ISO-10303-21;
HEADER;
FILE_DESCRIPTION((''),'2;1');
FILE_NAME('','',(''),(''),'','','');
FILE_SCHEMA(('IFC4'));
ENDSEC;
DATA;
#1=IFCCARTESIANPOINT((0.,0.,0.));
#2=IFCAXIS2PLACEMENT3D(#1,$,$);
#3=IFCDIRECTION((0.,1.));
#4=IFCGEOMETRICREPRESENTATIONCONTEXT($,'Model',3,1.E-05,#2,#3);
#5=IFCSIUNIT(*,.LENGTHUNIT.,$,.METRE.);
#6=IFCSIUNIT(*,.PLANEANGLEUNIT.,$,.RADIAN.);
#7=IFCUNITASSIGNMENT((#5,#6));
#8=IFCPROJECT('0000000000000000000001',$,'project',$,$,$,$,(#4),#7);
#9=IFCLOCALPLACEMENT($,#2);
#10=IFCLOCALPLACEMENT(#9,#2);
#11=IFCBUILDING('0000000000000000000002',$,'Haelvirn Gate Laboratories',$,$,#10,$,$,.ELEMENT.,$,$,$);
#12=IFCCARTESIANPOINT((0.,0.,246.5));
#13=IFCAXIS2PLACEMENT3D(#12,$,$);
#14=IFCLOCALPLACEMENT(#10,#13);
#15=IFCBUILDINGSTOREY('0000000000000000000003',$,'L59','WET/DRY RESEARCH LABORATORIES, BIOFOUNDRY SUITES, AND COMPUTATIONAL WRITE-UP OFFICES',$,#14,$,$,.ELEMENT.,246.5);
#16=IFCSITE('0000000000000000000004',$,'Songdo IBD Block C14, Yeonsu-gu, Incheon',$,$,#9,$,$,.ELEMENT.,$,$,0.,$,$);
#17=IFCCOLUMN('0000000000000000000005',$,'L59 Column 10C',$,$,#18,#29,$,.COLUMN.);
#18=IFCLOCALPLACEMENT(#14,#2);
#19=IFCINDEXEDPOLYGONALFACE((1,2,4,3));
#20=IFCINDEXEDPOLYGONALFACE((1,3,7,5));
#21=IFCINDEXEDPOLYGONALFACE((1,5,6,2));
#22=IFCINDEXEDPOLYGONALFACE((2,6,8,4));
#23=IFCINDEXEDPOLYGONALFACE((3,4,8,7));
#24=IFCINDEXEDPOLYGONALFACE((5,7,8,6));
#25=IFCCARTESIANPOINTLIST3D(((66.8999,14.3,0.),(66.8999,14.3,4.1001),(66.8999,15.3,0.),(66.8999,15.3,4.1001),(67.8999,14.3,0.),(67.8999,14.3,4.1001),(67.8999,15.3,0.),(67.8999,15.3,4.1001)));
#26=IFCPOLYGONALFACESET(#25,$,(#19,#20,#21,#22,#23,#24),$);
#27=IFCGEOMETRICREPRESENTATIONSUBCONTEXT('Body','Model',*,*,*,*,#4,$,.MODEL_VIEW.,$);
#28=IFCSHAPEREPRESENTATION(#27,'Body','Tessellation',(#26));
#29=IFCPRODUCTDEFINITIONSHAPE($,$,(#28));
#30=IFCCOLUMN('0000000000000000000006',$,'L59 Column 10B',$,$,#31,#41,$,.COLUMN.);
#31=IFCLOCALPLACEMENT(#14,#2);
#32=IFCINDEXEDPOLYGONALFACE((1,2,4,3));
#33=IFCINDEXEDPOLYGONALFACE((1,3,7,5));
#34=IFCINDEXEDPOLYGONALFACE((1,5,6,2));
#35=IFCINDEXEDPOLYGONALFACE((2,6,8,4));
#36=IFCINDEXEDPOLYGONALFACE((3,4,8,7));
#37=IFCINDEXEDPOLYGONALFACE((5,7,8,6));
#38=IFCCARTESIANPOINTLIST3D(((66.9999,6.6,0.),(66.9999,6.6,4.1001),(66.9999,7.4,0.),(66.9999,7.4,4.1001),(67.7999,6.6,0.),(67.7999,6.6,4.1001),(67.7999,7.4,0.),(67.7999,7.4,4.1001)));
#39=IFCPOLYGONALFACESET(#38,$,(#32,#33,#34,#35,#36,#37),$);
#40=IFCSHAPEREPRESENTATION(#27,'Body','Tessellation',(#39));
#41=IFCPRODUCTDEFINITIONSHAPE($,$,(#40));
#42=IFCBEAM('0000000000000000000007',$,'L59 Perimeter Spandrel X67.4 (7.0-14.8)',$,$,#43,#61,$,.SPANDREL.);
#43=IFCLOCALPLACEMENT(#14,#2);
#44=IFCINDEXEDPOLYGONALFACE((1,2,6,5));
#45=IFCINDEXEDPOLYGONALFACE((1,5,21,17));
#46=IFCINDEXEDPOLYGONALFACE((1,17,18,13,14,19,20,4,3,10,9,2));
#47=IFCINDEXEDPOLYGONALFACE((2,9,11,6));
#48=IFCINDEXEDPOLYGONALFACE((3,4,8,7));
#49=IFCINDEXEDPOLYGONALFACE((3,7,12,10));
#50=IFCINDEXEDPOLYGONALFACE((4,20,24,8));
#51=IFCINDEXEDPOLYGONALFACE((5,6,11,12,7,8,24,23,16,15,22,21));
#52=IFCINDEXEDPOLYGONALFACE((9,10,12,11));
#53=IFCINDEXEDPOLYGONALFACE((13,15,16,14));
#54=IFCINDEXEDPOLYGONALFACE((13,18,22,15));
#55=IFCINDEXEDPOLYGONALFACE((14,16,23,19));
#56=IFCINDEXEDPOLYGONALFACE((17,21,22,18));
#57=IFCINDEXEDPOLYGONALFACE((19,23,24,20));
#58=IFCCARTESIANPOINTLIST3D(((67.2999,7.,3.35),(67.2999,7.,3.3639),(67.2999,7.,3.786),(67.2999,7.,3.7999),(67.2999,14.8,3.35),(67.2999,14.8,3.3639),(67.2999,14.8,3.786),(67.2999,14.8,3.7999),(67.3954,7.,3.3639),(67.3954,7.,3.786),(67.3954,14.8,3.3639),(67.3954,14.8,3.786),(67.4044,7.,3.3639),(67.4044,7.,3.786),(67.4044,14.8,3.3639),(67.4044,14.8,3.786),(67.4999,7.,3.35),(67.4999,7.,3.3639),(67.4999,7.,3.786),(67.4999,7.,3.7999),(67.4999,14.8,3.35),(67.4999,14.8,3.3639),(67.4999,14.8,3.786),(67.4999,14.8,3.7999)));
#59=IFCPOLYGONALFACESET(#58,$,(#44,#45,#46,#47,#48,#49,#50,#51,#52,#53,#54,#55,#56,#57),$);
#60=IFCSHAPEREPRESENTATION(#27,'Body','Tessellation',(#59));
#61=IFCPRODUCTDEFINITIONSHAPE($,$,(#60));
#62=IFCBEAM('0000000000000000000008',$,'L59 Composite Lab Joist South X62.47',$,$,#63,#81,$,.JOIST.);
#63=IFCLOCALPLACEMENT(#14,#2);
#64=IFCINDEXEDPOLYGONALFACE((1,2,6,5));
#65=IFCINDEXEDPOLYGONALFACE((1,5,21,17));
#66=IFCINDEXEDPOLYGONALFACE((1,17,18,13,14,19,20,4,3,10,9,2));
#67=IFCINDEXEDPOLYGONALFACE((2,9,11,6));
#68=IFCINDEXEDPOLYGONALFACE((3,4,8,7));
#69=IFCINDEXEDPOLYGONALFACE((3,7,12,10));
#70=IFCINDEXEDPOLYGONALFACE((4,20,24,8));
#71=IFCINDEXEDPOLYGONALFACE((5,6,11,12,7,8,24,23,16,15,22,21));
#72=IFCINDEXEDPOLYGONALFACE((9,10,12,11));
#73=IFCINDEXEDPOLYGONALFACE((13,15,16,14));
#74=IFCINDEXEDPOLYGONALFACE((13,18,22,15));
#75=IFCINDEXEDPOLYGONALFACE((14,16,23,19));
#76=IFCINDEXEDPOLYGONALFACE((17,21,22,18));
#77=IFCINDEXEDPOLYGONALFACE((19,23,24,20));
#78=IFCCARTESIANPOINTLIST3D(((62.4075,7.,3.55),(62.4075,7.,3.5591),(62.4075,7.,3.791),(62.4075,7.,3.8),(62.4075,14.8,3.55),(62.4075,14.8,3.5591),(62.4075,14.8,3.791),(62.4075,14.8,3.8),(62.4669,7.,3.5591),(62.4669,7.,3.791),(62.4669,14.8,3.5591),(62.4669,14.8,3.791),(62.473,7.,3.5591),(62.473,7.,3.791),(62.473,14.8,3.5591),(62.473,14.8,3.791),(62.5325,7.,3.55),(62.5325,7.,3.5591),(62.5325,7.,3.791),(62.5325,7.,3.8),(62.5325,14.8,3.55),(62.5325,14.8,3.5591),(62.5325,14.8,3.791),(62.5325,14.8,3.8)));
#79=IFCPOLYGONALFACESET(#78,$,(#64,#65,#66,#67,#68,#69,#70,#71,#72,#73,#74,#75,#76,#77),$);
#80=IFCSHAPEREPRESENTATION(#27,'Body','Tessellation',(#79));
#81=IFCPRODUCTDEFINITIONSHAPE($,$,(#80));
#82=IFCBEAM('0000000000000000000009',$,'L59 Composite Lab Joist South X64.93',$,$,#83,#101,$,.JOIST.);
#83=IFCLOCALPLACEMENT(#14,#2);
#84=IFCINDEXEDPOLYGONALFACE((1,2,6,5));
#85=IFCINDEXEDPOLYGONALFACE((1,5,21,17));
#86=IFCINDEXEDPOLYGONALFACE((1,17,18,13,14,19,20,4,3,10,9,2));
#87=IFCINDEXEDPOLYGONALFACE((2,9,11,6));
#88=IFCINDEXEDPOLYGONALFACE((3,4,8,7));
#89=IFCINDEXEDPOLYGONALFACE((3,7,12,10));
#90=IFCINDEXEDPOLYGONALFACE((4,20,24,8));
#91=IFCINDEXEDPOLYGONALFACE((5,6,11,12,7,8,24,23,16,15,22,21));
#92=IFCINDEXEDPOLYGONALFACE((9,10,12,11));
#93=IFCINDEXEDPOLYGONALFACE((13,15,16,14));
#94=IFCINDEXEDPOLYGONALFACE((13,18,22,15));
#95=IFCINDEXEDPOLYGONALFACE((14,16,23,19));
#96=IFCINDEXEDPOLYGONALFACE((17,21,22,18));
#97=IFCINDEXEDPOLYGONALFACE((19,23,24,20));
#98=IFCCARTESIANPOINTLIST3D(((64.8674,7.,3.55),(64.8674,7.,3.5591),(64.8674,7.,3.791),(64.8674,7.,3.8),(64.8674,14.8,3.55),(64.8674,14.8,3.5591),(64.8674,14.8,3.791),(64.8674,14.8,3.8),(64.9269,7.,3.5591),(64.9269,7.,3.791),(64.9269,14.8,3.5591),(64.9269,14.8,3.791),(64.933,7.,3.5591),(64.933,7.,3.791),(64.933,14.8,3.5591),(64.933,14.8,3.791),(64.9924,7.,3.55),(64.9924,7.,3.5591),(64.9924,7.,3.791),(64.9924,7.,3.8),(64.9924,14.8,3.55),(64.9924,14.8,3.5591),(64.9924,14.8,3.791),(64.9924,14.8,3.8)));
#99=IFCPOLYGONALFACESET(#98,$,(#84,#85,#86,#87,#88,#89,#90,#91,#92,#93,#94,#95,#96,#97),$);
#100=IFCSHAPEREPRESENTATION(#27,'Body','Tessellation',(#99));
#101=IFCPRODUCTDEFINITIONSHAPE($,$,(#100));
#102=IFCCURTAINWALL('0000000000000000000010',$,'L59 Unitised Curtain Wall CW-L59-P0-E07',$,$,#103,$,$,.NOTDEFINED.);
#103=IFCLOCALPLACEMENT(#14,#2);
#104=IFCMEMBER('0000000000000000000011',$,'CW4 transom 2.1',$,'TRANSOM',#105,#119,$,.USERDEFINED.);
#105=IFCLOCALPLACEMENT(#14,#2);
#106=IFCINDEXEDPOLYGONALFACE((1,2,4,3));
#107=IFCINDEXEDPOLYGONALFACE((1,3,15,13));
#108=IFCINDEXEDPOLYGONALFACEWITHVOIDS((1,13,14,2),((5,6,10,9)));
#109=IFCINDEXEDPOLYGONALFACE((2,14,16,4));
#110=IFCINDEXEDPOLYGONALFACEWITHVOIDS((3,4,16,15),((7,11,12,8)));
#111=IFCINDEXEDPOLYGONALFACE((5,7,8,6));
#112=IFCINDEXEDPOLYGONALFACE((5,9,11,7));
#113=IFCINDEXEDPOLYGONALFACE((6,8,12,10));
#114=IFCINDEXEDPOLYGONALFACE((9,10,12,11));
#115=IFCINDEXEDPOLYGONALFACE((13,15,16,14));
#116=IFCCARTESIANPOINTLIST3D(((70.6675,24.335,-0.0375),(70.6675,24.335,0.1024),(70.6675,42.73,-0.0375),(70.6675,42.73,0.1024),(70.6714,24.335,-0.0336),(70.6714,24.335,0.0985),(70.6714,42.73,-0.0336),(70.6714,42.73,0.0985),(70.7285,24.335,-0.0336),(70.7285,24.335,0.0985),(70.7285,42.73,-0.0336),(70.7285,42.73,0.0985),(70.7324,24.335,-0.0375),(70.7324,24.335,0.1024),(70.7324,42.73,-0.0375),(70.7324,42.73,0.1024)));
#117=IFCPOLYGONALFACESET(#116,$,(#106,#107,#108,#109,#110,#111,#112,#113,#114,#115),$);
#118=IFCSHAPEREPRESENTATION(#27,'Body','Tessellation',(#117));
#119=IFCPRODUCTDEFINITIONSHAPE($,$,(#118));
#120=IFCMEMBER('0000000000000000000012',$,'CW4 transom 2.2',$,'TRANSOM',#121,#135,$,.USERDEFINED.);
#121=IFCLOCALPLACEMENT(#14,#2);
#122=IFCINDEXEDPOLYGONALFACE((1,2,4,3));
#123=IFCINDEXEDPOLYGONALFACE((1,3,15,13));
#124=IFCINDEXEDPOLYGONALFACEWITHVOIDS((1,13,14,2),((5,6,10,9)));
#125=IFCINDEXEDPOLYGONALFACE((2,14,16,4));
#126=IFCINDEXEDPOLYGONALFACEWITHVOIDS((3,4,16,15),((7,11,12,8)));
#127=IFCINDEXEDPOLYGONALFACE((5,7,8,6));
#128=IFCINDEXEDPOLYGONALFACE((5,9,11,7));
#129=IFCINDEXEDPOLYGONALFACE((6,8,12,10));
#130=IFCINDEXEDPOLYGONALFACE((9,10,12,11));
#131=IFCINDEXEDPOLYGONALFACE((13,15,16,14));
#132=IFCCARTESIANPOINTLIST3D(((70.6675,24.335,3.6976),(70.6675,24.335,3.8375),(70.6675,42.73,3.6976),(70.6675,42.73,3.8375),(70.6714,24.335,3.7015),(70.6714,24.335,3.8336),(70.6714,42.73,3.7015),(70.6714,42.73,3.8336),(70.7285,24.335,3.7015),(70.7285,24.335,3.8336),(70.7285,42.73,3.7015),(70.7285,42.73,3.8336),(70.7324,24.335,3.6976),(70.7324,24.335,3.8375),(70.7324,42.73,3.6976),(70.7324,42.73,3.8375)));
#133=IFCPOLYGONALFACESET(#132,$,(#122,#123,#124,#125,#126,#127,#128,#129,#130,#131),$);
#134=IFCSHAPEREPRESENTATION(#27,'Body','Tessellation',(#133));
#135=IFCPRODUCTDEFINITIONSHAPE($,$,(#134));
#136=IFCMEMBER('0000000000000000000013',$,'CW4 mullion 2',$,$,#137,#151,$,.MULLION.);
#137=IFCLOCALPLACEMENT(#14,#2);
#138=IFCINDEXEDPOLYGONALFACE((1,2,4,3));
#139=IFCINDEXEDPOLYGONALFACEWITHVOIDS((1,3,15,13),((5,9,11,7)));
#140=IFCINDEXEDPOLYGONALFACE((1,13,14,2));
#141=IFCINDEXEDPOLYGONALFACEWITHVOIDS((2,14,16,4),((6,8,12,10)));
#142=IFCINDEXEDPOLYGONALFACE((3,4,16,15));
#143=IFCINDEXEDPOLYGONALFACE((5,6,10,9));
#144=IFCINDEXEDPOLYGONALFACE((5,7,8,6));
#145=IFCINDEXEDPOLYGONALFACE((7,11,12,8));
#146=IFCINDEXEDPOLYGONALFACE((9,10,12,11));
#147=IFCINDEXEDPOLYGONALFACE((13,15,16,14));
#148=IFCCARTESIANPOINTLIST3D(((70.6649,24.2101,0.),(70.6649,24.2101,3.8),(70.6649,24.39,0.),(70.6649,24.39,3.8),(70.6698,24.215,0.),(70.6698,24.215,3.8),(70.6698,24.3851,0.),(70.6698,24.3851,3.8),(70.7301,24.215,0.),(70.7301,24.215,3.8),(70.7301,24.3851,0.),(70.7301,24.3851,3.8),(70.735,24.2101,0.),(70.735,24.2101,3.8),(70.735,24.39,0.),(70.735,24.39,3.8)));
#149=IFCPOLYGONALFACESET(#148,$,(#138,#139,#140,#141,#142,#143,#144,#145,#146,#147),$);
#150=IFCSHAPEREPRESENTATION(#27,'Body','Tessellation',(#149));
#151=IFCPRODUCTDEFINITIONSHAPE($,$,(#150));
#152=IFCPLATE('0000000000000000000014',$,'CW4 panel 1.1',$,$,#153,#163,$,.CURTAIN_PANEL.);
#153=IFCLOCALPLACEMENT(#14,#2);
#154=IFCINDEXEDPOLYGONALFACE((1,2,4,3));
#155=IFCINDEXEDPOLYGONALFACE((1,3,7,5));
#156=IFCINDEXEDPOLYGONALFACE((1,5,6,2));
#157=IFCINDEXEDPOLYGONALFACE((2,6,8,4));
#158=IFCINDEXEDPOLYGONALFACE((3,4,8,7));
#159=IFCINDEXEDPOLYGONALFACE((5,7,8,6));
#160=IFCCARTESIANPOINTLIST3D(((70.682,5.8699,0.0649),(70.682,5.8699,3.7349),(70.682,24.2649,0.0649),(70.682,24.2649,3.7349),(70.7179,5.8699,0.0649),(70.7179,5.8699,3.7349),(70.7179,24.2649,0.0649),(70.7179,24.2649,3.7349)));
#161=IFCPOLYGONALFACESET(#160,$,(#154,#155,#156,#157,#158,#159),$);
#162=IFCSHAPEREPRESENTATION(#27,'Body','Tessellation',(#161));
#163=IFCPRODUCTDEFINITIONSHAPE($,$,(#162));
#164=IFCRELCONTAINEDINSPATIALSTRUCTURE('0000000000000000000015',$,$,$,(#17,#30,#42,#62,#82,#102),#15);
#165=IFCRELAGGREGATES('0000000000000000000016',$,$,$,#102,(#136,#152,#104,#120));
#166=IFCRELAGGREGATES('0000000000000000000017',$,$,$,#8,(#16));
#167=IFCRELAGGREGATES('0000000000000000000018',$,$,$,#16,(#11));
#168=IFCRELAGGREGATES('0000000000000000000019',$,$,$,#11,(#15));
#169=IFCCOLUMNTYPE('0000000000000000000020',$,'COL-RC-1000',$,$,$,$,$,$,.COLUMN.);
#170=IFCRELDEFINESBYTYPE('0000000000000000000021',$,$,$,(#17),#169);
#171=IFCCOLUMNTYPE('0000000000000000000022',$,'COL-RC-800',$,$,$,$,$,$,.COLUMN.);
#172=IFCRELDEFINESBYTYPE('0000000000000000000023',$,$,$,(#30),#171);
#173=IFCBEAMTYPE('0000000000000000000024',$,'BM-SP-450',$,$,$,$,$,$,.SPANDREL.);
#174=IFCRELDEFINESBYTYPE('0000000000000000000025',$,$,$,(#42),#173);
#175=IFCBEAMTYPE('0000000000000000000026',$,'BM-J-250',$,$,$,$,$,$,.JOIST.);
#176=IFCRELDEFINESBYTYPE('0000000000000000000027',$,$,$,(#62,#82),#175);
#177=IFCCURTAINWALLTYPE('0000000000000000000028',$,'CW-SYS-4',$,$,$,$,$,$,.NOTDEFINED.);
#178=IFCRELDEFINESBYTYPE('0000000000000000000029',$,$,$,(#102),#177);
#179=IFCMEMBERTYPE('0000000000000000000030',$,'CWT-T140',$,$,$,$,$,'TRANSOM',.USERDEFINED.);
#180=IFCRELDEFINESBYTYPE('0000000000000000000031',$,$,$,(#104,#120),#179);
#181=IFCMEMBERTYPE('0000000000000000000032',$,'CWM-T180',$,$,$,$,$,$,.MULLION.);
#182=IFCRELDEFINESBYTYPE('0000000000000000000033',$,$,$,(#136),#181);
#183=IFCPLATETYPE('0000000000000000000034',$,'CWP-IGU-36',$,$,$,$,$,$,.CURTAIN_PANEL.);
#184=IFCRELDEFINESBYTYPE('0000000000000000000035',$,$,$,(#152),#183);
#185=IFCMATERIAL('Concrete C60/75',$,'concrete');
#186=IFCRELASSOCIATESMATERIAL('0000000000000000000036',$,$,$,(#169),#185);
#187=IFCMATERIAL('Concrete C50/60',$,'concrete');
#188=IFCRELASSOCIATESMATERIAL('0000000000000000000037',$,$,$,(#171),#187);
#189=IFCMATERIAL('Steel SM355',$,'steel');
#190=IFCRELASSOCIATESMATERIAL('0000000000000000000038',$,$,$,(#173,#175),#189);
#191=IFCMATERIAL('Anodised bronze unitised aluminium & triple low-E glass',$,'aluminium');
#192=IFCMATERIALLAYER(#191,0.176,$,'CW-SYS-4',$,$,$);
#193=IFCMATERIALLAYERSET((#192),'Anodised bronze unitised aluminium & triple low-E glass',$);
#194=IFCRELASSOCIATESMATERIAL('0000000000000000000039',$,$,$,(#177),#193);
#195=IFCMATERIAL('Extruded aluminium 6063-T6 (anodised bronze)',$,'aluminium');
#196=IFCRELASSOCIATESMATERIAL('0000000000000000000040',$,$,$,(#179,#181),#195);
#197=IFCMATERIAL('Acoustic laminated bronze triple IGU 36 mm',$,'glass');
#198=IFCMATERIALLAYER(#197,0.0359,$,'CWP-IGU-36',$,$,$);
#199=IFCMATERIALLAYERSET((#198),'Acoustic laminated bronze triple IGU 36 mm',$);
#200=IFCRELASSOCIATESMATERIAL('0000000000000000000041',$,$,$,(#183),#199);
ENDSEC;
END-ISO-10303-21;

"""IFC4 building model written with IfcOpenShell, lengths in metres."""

from ifc_helpers import new_model, si_unit, direction, frame, origin, origin_2d, place, context, subcontext, project, spatial, rectangle, hollow_rectangle, i_section, extrude, source, transform, mapped, material, layer, layer_set, material_profile, profile_set, type_object, type_shapes, element, aggregate, save


model = new_model("IFC4")

# Units and contexts
model_context = context("Model", 3, precision=1e-05, world=origin(), true_north=direction((0.0, 1.0)))
body_context = subcontext(model_context, "Body", "Model", "MODEL_VIEW")
ifc_project = project(units=[si_unit("LENGTHUNIT", "METRE"), si_unit("PLANEANGLEUNIT", "RADIAN")], contexts=[model_context])

# Site, building, storey
site_placement = place(None, origin())
site = spatial("IfcSite", under=ifc_project, at=site_placement, Name="Songdo IBD Block C14, Yeonsu-gu, Incheon", CompositionType="ELEMENT", RefElevation=0.0)
building_placement = place(site_placement, origin())
building = spatial("IfcBuilding", under=site, at=building_placement, Name="Haelvirn Gate Laboratories", CompositionType="ELEMENT")
storey_placement = place(building_placement, frame((0.0, 0.0, 246.5)))
storey = spatial("IfcBuildingStorey", under=building, at=storey_placement, Name="L59", Description="WET/DRY RESEARCH LABORATORIES, BIOFOUNDRY SUITES, AND COMPUTATIONAL WRITE-UP OFFICES", CompositionType="ELEMENT", Elevation=246.5)

# Columns
ifc_material_1 = material(Name="Concrete C60/75", Category="concrete")
ifc_material_profile_1 = material_profile(ifc_material_1, rectangle(XDim=1.0, YDim=1.0, at=origin_2d()), Name="RC-1000x1000")
ifc_profile_set_1 = profile_set([ifc_material_profile_1], Name="Concrete C60/75")
column_type_1 = type_object("IfcColumnType", Name="COL-RC-1000", PredefinedType="COLUMN", material=ifc_profile_set_1)
shared_shape_1 = source(origin(), body_context, "Body", "SweptSolid", [
    extrude(rectangle(XDim=1.0, YDim=1.0, at=origin_2d()), origin(), (0.0, 0.0, 1.0), 4.1001),
])
type_shapes(column_type_1, [shared_shape_1])
column_1_placement = place(storey_placement, frame((67.3999, 14.8, 0.0), z_axis=(0.0, 0.0, 1.0), x_axis=(1.0, 0.0, 0.0)))
element("IfcColumn", 1, at=column_1_placement, inside=storey, type_object=column_type_1, Name="L59 Column 10C", PredefinedType="COLUMN", context=body_context, shape_type="MappedRepresentation", body=[
    mapped(shared_shape_1, transform((0.0, 0.0, 0.0), scale=1.0)),
])
ifc_material_2 = material(Name="Concrete C50/60", Category="concrete")
ifc_material_profile_2 = material_profile(ifc_material_2, rectangle(XDim=0.8, YDim=0.8, at=origin_2d()), Name="RC-800x800")
ifc_profile_set_2 = profile_set([ifc_material_profile_2], Name="Concrete C50/60")
column_type_2 = type_object("IfcColumnType", Name="COL-RC-800", PredefinedType="COLUMN", material=ifc_profile_set_2)
shared_shape_2 = source(origin(), body_context, "Body", "SweptSolid", [
    extrude(rectangle(XDim=0.8, YDim=0.8, at=origin_2d()), origin(), (0.0, 0.0, 1.0), 4.1001),
])
type_shapes(column_type_2, [shared_shape_2])
column_2_placement = place(storey_placement, frame((67.3999, 7.0, 0.0), z_axis=(0.0, 0.0, 1.0), x_axis=(1.0, 0.0, 0.0)))
element("IfcColumn", 2, at=column_2_placement, inside=storey, type_object=column_type_2, Name="L59 Column 10B", PredefinedType="COLUMN", context=body_context, shape_type="MappedRepresentation", body=[
    mapped(shared_shape_2, transform((0.0, 0.0, 0.0), scale=1.0)),
])

# Beams
ifc_material_3 = material(Name="Steel SM355", Category="steel")
ifc_material_profile_3 = material_profile(ifc_material_3, i_section(OverallWidth=0.2, OverallDepth=0.45, WebThickness=0.009, FlangeThickness=0.0139, at=origin_2d()), Name="H-450x200x9x14")
ifc_profile_set_3 = profile_set([ifc_material_profile_3], Name="Steel SM355")
beam_type_1 = type_object("IfcBeamType", Name="BM-SP-450", PredefinedType="SPANDREL", material=ifc_profile_set_3)
shared_shape_3 = source(origin(), body_context, "Body", "SweptSolid", [
    extrude(i_section(OverallWidth=0.2, OverallDepth=0.45, WebThickness=0.009, FlangeThickness=0.0139, at=origin_2d()), origin(), (0.0, 0.0, 1.0), 7.8),
])
type_shapes(beam_type_1, [shared_shape_3])
beam_placement = place(storey_placement, frame((67.3999, 7.0, 3.575), z_axis=(0.0, 1.0, 0.0), x_axis=(-1.0, 0.0, 0.0)))
element("IfcBeam", 3, at=beam_placement, inside=storey, type_object=beam_type_1, Name="L59 Perimeter Spandrel X67.4 (7.0-14.8)", PredefinedType="SPANDREL", context=body_context, shape_type="MappedRepresentation", body=[
    mapped(shared_shape_3, transform((0.0, 0.0, 0.0), scale=1.0)),
])
ifc_material_profile_4 = material_profile(ifc_material_3, i_section(OverallWidth=0.125, OverallDepth=0.25, WebThickness=0.0061, FlangeThickness=0.009, at=origin_2d()), Name="H-250x125x6x9")
ifc_profile_set_4 = profile_set([ifc_material_profile_4], Name="Steel SM355")
beam_type_2 = type_object("IfcBeamType", Name="BM-J-250", PredefinedType="JOIST", material=ifc_profile_set_4)
shared_shape_4 = source(origin(), body_context, "Body", "SweptSolid", [
    extrude(i_section(OverallWidth=0.125, OverallDepth=0.25, WebThickness=0.0061, FlangeThickness=0.009, at=origin_2d()), origin(), (0.0, 0.0, 1.0), 7.8),
])
type_shapes(beam_type_2, [shared_shape_4])
for number, where, z_axis, x_axis, name in (
    (4, (62.47, 7.0, 3.675), (0.0, 1.0, 0.0), (-1.0, 0.0, 0.0), "L59 Composite Lab Joist South X62.47"),
    (5, (64.9299, 7.0, 3.675), (0.0, 1.0, 0.0), (-1.0, 0.0, 0.0), "L59 Composite Lab Joist South X64.93"),
):
    element("IfcBeam", number, at=place(storey_placement, frame(where, z_axis=z_axis, x_axis=x_axis)), inside=storey, type_object=beam_type_2, Name=name, PredefinedType="JOIST", context=body_context, shape_type="MappedRepresentation", body=[
        mapped(shared_shape_4, transform((0.0, 0.0, 0.0), scale=1.0)),
    ])

# Curtain wall, members, plate
ifc_material_4 = material(Name="Anodised bronze unitised aluminium & triple low-E glass", Category="aluminium")
ifc_layer_1 = layer(ifc_material_4, 0.176, Name="CW-SYS-4")
ifc_layer_set_1 = layer_set([ifc_layer_1], Name="Anodised bronze unitised aluminium & triple low-E glass")
curtain_wall_type = type_object("IfcCurtainWallType", Name="CW-SYS-4", PredefinedType="NOTDEFINED", material=ifc_layer_set_1)
curtain_wall_placement = place(storey_placement, origin())
curtain_wall = element("IfcCurtainWall", 6, at=curtain_wall_placement, inside=storey, type_object=curtain_wall_type, Name="L59 Unitised Curtain Wall CW-L59-P0-E07", PredefinedType="NOTDEFINED")
ifc_material_5 = material(Name="Extruded aluminium 6063-T6 (anodised bronze)", Category="aluminium")
ifc_material_profile_5 = material_profile(ifc_material_5, hollow_rectangle(XDim=0.0649, YDim=0.1399, WallThickness=0.0039, at=origin_2d()), Name="CWT-140x65x4")
ifc_profile_set_5 = profile_set([ifc_material_profile_5], Name="Extruded aluminium 6063-T6 (anodised bronze)")
member_type_1 = type_object("IfcMemberType", Name="CWT-T140", ElementType="TRANSOM", PredefinedType="USERDEFINED", material=ifc_profile_set_5)
shared_shape_5 = source(origin(), body_context, "Body", "SweptSolid", [
    extrude(hollow_rectangle(XDim=0.0649, YDim=0.1399, WallThickness=0.0039, at=origin_2d()), origin(), (0.0, 0.0, 1.0), 18.395),
])
type_shapes(member_type_1, [shared_shape_5])
member_1_placement = place(storey_placement, frame((70.7, 24.335, 0.0325), z_axis=(0.0, 1.0, 0.0), x_axis=(-1.0, 0.0, 0.0)))
member_1 = element("IfcMember", 7, at=member_1_placement, type_object=member_type_1, Name="CW4 transom 2.1", ObjectType="TRANSOM", PredefinedType="USERDEFINED", context=body_context, shape_type="MappedRepresentation", body=[
    mapped(shared_shape_5, transform((0.0, 0.0, 0.0), scale=1.0)),
])
member_2_placement = place(storey_placement, frame((70.7, 24.335, 3.7676), z_axis=(0.0, 1.0, 0.0), x_axis=(-1.0, 0.0, 0.0)))
member_2 = element("IfcMember", 8, at=member_2_placement, type_object=member_type_1, Name="CW4 transom 2.2", ObjectType="TRANSOM", PredefinedType="USERDEFINED", context=body_context, shape_type="MappedRepresentation", body=[
    mapped(shared_shape_5, transform((0.0, 0.0, 0.0), scale=1.0)),
])
ifc_material_profile_6 = material_profile(ifc_material_5, hollow_rectangle(XDim=0.0701, YDim=0.1799, WallThickness=0.0049, at=origin_2d()), Name="CWM-180x70x5")
ifc_profile_set_6 = profile_set([ifc_material_profile_6], Name="Extruded aluminium 6063-T6 (anodised bronze)")
member_type_2 = type_object("IfcMemberType", Name="CWM-T180", PredefinedType="MULLION", material=ifc_profile_set_6)
shared_shape_6 = source(origin(), body_context, "Body", "SweptSolid", [
    extrude(hollow_rectangle(XDim=0.0701, YDim=0.1799, WallThickness=0.0049, at=origin_2d()), origin(), (0.0, 0.0, 1.0), 3.8),
])
type_shapes(member_type_2, [shared_shape_6])
member_3_placement = place(storey_placement, frame((70.7, 24.3, 0.0), z_axis=(0.0, 0.0, 1.0), x_axis=(-1.0, 0.0, 0.0)))
member_3 = element("IfcMember", 9, at=member_3_placement, type_object=member_type_2, Name="CW4 mullion 2", PredefinedType="MULLION", context=body_context, shape_type="MappedRepresentation", body=[
    mapped(shared_shape_6, transform((0.0, 0.0, 0.0), scale=1.0)),
])
ifc_material_6 = material(Name="Acoustic laminated bronze triple IGU 36 mm", Category="glass")
ifc_layer_2 = layer(ifc_material_6, 0.0359, Name="CWP-IGU-36")
ifc_layer_set_2 = layer_set([ifc_layer_2], Name="Acoustic laminated bronze triple IGU 36 mm")
plate_type = type_object("IfcPlateType", Name="CWP-IGU-36", PredefinedType="CURTAIN_PANEL", material=ifc_layer_set_2)
shared_shape_7 = source(origin(), body_context, "Body", "SweptSolid", [
    extrude(rectangle(XDim=18.395, YDim=0.0359, at=origin_2d()), origin(), (0.0, 0.0, 1.0), 3.6699),
])
type_shapes(plate_type, [shared_shape_7])
plate_placement = place(storey_placement, frame((70.7, 15.0674, 0.0649), z_axis=(0.0, 0.0, 1.0), x_axis=(0.0, 1.0, 0.0)))
plate = element("IfcPlate", 10, at=plate_placement, type_object=plate_type, Name="CW4 panel 1.1", PredefinedType="CURTAIN_PANEL", context=body_context, shape_type="MappedRepresentation", body=[
    mapped(shared_shape_7, transform((0.0, 0.0, 0.0), scale=1.0)),
])
aggregate(curtain_wall, [member_3, plate, member_1, member_2])

save(model, "model.ifc")
